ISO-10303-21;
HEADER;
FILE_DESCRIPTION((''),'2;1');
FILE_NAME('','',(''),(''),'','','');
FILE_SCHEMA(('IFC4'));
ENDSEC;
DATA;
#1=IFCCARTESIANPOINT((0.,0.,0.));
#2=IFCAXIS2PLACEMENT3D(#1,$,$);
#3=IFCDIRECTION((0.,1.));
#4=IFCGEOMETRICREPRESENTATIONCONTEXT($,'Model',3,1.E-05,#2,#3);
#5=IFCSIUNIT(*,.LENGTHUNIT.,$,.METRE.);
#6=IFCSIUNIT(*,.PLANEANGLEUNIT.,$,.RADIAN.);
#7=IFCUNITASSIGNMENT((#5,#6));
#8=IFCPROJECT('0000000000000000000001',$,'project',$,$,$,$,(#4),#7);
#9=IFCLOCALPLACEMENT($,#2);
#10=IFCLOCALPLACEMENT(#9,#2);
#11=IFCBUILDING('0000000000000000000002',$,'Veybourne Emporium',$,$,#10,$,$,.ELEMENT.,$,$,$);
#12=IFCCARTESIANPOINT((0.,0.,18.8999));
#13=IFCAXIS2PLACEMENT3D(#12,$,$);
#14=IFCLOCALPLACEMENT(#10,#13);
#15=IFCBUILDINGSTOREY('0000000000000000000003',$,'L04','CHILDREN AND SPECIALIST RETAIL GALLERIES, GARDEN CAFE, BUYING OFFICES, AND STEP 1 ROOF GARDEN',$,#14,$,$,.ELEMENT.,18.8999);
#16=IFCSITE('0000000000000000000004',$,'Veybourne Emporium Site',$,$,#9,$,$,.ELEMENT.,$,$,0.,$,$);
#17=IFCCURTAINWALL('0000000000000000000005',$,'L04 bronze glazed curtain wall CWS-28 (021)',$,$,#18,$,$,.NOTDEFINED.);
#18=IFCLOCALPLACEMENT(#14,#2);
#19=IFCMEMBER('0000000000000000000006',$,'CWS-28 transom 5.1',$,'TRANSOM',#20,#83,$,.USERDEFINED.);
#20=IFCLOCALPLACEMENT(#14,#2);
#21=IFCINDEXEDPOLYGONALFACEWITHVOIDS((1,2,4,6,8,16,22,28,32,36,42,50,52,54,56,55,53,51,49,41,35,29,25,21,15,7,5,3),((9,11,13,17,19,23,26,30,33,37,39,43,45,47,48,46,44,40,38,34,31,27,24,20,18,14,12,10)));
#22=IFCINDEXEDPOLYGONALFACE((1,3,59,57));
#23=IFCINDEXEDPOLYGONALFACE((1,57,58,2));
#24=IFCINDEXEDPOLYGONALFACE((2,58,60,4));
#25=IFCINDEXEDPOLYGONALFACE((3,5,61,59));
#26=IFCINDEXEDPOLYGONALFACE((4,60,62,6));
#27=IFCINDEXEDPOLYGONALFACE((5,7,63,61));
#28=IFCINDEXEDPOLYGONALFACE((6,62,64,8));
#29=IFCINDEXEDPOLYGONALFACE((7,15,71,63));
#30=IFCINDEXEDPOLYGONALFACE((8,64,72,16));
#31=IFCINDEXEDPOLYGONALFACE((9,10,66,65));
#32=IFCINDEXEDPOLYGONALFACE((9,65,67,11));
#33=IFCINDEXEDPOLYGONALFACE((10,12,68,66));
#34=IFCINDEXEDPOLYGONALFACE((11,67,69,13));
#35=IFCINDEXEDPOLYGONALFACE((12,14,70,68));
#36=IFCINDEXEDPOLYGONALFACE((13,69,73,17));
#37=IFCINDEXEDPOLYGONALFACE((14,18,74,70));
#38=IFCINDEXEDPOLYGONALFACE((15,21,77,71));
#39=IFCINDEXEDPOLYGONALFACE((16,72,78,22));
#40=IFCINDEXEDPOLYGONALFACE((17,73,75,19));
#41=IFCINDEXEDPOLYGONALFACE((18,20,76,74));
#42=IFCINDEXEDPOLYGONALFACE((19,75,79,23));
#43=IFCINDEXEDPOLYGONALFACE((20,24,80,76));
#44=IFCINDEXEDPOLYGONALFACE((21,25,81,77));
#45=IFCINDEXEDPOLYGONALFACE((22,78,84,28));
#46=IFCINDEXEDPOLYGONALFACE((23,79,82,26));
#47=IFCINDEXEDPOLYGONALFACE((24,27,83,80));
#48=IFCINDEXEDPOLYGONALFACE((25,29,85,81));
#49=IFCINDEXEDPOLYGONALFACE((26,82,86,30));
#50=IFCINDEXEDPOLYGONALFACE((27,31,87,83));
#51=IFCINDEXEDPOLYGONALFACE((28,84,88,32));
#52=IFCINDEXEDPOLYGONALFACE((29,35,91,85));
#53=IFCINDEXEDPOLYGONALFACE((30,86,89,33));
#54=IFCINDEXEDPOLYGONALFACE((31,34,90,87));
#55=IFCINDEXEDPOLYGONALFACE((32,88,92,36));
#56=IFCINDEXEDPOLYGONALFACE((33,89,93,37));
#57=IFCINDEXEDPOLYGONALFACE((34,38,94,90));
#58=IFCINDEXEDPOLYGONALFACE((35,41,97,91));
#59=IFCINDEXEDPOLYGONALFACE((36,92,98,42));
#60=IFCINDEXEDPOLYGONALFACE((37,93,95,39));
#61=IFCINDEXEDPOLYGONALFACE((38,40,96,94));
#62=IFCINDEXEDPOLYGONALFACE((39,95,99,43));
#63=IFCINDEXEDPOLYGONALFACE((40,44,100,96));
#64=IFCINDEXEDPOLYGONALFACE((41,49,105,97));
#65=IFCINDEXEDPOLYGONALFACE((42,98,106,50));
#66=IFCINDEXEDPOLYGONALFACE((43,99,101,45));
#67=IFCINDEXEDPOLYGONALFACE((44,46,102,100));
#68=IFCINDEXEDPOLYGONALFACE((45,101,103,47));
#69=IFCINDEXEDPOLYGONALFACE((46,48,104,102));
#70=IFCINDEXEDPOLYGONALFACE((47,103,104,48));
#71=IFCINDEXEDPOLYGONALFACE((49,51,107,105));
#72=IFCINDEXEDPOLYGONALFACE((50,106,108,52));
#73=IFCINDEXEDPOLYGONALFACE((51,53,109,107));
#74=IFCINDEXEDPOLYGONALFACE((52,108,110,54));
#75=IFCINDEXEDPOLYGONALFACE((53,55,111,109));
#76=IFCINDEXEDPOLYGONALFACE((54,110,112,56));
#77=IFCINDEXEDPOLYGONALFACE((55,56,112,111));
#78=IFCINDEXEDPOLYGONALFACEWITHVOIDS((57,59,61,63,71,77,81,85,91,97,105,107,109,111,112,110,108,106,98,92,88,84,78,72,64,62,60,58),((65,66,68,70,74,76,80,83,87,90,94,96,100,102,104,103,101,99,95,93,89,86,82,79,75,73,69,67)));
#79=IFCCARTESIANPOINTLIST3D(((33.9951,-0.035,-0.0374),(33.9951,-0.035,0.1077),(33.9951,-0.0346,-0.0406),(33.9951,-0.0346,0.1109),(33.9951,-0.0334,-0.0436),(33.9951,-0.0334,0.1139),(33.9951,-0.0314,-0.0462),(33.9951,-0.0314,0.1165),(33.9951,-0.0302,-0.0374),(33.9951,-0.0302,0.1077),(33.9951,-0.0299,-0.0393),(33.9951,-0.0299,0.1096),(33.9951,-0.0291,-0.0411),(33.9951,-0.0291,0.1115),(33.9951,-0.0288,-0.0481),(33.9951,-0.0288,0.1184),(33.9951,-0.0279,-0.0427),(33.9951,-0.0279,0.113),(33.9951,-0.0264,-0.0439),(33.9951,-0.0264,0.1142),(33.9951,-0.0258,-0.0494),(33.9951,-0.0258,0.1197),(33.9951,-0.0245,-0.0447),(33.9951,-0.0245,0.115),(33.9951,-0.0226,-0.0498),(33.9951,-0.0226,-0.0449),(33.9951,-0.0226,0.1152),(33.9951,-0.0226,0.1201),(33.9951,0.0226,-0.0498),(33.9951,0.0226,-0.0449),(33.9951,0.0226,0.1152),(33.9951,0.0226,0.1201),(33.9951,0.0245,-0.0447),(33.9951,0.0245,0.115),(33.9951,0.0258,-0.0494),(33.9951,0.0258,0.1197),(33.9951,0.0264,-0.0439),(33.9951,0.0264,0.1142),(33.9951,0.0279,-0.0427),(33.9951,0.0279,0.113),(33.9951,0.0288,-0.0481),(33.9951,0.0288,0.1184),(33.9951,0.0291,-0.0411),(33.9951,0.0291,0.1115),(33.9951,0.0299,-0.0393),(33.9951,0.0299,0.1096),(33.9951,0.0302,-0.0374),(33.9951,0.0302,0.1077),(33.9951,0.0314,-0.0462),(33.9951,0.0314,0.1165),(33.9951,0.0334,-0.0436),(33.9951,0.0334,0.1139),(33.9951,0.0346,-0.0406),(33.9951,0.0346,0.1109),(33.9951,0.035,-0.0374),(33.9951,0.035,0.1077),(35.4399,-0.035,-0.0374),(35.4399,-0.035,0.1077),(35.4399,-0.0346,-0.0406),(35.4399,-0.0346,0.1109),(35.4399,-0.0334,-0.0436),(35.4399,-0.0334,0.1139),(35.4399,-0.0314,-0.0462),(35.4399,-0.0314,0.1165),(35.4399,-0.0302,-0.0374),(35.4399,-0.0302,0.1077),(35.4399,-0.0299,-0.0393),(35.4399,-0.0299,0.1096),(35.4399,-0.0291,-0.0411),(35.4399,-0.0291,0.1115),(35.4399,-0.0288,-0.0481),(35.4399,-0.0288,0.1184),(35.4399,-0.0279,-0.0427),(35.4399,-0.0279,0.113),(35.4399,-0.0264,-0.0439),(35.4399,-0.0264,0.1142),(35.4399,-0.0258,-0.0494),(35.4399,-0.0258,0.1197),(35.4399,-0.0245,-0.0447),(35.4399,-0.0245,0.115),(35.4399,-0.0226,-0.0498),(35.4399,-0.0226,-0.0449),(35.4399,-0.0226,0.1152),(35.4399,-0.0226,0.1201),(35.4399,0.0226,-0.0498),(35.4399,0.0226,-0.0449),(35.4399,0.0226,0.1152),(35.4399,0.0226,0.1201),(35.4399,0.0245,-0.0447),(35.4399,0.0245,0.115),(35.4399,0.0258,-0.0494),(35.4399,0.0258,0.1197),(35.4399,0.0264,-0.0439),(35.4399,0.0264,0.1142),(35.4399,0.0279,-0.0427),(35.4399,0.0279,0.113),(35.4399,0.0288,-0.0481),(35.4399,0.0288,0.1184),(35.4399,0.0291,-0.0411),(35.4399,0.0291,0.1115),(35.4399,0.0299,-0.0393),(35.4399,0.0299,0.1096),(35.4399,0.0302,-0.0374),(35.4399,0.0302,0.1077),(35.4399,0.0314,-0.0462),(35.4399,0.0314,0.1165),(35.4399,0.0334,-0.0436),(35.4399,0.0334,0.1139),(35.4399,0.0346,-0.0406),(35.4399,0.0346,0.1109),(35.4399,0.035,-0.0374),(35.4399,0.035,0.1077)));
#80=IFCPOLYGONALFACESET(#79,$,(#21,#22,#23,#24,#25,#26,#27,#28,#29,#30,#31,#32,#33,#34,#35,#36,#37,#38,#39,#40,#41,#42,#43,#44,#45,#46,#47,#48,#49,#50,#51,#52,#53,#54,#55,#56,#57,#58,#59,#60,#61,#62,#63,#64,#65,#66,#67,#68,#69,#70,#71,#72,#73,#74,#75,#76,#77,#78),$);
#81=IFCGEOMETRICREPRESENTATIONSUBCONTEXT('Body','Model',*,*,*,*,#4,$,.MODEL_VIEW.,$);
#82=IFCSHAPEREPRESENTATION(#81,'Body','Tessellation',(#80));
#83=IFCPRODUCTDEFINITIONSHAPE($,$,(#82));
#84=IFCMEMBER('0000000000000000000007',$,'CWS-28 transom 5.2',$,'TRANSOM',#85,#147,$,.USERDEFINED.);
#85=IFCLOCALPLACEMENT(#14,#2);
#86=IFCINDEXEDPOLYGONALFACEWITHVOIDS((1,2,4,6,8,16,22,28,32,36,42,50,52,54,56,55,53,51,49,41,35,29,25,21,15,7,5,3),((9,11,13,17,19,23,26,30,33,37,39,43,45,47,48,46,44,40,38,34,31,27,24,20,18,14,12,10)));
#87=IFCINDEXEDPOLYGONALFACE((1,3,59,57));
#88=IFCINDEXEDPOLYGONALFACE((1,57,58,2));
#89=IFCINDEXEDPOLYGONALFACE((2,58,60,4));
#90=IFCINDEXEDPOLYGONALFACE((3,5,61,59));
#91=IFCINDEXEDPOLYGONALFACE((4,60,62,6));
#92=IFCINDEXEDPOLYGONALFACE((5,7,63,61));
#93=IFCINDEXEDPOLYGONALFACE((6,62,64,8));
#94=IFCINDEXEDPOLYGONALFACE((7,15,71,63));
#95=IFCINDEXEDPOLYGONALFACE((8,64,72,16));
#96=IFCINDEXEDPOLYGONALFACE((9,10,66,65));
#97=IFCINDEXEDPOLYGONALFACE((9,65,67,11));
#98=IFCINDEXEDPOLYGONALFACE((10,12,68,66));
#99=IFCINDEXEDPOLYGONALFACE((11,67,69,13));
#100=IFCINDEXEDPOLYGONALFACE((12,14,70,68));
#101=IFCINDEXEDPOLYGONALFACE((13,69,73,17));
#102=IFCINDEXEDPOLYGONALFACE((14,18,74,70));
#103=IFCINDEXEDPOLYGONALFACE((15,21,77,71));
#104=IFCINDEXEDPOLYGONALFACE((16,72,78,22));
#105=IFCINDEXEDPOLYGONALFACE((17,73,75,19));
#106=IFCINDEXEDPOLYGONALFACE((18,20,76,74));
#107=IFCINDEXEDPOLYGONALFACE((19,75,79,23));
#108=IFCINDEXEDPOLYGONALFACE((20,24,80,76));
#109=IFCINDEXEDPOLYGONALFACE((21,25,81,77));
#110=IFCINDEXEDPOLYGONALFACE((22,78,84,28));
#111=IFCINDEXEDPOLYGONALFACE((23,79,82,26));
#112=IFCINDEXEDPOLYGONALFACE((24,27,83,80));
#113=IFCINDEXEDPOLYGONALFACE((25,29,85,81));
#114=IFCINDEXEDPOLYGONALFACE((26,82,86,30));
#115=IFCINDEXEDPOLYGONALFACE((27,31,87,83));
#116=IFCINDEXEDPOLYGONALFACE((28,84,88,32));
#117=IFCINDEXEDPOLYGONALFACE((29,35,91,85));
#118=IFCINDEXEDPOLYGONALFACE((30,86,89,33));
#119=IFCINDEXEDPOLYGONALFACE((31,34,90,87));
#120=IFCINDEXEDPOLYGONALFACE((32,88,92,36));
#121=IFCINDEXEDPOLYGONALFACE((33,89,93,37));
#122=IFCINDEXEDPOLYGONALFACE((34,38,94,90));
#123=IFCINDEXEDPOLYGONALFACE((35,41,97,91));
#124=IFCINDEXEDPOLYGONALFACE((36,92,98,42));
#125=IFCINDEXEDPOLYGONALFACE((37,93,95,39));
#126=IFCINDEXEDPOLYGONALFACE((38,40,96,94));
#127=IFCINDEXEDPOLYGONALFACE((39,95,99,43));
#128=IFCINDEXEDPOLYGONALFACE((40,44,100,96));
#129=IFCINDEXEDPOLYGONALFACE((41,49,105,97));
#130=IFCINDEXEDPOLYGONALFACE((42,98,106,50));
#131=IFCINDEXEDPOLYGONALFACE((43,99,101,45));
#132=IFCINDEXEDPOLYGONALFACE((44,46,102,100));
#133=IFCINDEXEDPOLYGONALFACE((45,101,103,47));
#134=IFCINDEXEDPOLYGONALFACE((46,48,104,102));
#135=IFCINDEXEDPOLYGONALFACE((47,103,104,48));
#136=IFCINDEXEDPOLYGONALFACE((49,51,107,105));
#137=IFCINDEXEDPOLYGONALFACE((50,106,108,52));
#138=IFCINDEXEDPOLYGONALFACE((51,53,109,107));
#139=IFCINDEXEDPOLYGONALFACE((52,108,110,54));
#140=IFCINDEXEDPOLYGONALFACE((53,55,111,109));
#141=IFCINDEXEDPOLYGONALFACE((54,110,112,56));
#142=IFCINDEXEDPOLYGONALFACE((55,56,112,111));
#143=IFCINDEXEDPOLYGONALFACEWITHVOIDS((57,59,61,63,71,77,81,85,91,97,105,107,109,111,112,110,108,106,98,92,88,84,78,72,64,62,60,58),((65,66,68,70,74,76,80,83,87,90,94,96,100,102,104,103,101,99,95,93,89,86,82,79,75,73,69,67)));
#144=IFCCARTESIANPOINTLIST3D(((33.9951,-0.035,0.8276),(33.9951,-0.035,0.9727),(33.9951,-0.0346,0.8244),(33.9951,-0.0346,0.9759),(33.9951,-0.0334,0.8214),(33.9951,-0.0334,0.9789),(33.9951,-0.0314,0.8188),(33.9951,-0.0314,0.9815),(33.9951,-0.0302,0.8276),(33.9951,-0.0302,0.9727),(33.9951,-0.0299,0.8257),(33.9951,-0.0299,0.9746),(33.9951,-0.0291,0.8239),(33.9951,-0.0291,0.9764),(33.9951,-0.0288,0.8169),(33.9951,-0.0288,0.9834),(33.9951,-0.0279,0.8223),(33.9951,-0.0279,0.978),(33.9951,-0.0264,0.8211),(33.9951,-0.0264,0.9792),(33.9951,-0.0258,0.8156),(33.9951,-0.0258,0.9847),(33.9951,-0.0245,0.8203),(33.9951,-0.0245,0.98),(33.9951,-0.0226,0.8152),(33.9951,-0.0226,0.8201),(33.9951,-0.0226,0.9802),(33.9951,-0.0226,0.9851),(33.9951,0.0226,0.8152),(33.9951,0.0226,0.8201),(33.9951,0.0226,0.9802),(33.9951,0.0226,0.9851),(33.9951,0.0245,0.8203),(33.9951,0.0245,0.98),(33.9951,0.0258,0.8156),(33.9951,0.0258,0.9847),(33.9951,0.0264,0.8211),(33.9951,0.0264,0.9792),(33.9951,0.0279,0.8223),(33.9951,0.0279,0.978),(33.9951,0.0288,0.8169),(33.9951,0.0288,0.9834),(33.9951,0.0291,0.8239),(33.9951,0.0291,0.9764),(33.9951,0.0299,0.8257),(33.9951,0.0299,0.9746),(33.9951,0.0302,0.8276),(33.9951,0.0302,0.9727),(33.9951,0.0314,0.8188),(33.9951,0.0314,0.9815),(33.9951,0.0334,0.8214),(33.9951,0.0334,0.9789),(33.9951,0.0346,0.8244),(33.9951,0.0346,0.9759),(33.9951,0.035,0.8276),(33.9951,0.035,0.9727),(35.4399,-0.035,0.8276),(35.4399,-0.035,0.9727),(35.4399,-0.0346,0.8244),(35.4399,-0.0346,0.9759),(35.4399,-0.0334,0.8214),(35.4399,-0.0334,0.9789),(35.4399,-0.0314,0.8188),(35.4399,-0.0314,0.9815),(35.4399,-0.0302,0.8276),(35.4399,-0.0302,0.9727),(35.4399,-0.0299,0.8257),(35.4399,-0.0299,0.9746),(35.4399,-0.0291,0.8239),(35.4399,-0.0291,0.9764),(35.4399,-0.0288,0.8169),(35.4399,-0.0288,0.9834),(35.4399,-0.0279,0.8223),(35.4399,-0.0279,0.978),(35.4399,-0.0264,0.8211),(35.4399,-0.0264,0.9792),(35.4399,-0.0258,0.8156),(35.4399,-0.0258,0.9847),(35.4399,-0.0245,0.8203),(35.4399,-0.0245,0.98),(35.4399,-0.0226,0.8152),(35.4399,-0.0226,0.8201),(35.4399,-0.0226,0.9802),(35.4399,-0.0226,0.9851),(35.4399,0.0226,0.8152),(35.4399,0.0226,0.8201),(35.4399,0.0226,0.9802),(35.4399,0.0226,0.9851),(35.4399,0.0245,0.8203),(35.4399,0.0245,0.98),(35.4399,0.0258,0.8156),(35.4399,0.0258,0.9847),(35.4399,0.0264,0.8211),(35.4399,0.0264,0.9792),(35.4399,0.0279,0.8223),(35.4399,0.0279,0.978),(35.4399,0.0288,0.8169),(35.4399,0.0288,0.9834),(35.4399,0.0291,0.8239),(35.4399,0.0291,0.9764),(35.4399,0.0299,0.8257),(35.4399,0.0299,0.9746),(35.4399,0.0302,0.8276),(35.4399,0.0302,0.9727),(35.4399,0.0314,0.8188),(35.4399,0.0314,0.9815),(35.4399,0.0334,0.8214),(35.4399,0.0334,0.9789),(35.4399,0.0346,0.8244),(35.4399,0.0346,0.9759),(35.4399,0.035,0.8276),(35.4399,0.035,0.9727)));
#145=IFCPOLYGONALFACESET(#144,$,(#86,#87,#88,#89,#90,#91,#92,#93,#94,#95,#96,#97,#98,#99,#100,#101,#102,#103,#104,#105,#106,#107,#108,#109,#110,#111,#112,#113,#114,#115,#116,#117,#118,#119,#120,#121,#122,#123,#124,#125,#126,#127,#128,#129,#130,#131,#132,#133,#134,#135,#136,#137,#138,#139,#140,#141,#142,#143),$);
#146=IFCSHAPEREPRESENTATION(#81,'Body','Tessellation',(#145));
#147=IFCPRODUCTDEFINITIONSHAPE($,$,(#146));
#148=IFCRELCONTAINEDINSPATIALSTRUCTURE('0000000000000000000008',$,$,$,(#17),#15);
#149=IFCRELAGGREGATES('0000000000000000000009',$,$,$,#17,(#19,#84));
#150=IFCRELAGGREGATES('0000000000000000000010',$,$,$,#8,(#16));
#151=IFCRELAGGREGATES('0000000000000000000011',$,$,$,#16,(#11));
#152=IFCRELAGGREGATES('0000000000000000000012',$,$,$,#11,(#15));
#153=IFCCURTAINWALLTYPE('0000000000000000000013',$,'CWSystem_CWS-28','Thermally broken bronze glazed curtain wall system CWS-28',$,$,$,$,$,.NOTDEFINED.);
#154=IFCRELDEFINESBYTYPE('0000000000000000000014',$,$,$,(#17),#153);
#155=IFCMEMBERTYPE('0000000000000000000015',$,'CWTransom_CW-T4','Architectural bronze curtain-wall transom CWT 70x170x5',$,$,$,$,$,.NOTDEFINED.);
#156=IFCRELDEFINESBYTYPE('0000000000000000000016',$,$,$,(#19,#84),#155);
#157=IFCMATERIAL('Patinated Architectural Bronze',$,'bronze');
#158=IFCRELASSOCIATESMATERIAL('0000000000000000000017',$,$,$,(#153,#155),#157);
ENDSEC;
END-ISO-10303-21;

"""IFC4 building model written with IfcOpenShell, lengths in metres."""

from ifc_helpers import new_model, si_unit, direction, frame, origin, origin_2d, place, context, subcontext, project, spatial, hollow_rectangle, extrude, material, material_profile, profile_set, type_object, element, aggregate, save


model = new_model("IFC4")

# Units and contexts
model_context = context("Model", 3, precision=1e-05, world=origin(), true_north=direction((0.0, 1.0)))
body_context = subcontext(model_context, "Body", "Model", "MODEL_VIEW")
ifc_project = project(units=[si_unit("LENGTHUNIT", "METRE"), si_unit("PLANEANGLEUNIT", "RADIAN")], contexts=[model_context])

# Site, building, storey
site_placement = place(None, origin())
site = spatial("IfcSite", under=ifc_project, at=site_placement, Name="Veybourne Emporium Site", CompositionType="ELEMENT", RefElevation=0.0)
building_placement = place(site_placement, origin())
building = spatial("IfcBuilding", under=site, at=building_placement, Name="Veybourne Emporium", CompositionType="ELEMENT")
storey_placement = place(building_placement, frame((0.0, 0.0, 18.8999)))
storey = spatial("IfcBuildingStorey", under=building, at=storey_placement, Name="L04", Description="CHILDREN AND SPECIALIST RETAIL GALLERIES, GARDEN CAFE, BUYING OFFICES, AND STEP 1 ROOF GARDEN", CompositionType="ELEMENT", Elevation=18.8999)

# Curtain wall, members
ifc_material_1 = material(Name="Patinated Architectural Bronze", Category="bronze")
curtain_wall_type = type_object("IfcCurtainWallType", Name="CWSystem_CWS-28", Description="Thermally broken bronze glazed curtain wall system CWS-28", PredefinedType="NOTDEFINED", material=ifc_material_1)
curtain_wall_placement = place(storey_placement, origin())
curtain_wall = element("IfcCurtainWall", 1, at=curtain_wall_placement, inside=storey, type_object=curtain_wall_type, Name="L04 bronze glazed curtain wall CWS-28 (021)", PredefinedType="NOTDEFINED")
ifc_material_profile_1 = material_profile(ifc_material_1, hollow_rectangle(XDim=0.0701, YDim=0.1699, WallThickness=0.0049, InnerFilletRadius=0.0076, OuterFilletRadius=0.0125, at=origin_2d()), Name="CWT 70x170x5")
ifc_profile_set_1 = profile_set([ifc_material_profile_1], Name="Patinated Architectural Bronze")
member_type_1 = type_object("IfcMemberType", Name="CWTransom_CW-T4", Description="Architectural bronze curtain-wall transom CWT 70x170x5", PredefinedType="NOTDEFINED", material=ifc_profile_set_1)
member_1_placement = place(storey_placement, frame((35.4399, 0.0, 0.0352), z_axis=(-1.0, 0.0, 0.0), x_axis=(0.0, -1.0, 0.0)))
member_1 = element("IfcMember", 2, at=member_1_placement, type_object=member_type_1, Name="CWS-28 transom 5.1", ObjectType="TRANSOM", PredefinedType="USERDEFINED", context=body_context, shape_type="SweptSolid", body=[
    extrude(hollow_rectangle(XDim=0.0701, YDim=0.1699, WallThickness=0.0049, InnerFilletRadius=0.0076, OuterFilletRadius=0.0125, at=origin_2d()), origin(), (0.0, 0.0, 1.0), 1.4448),
])
member_2_placement = place(storey_placement, frame((35.4399, 0.0, 0.9001), z_axis=(-1.0, 0.0, 0.0), x_axis=(0.0, -1.0, 0.0)))
member_2 = element("IfcMember", 3, at=member_2_placement, type_object=member_type_1, Name="CWS-28 transom 5.2", ObjectType="TRANSOM", PredefinedType="USERDEFINED", context=body_context, shape_type="SweptSolid", body=[
    extrude(hollow_rectangle(XDim=0.0701, YDim=0.1699, WallThickness=0.0049, InnerFilletRadius=0.0076, OuterFilletRadius=0.0125, at=origin_2d()), origin(), (0.0, 0.0, 1.0), 1.4448),
])

aggregate(curtain_wall, [member_1, member_2])

save(model, "model.ifc")
